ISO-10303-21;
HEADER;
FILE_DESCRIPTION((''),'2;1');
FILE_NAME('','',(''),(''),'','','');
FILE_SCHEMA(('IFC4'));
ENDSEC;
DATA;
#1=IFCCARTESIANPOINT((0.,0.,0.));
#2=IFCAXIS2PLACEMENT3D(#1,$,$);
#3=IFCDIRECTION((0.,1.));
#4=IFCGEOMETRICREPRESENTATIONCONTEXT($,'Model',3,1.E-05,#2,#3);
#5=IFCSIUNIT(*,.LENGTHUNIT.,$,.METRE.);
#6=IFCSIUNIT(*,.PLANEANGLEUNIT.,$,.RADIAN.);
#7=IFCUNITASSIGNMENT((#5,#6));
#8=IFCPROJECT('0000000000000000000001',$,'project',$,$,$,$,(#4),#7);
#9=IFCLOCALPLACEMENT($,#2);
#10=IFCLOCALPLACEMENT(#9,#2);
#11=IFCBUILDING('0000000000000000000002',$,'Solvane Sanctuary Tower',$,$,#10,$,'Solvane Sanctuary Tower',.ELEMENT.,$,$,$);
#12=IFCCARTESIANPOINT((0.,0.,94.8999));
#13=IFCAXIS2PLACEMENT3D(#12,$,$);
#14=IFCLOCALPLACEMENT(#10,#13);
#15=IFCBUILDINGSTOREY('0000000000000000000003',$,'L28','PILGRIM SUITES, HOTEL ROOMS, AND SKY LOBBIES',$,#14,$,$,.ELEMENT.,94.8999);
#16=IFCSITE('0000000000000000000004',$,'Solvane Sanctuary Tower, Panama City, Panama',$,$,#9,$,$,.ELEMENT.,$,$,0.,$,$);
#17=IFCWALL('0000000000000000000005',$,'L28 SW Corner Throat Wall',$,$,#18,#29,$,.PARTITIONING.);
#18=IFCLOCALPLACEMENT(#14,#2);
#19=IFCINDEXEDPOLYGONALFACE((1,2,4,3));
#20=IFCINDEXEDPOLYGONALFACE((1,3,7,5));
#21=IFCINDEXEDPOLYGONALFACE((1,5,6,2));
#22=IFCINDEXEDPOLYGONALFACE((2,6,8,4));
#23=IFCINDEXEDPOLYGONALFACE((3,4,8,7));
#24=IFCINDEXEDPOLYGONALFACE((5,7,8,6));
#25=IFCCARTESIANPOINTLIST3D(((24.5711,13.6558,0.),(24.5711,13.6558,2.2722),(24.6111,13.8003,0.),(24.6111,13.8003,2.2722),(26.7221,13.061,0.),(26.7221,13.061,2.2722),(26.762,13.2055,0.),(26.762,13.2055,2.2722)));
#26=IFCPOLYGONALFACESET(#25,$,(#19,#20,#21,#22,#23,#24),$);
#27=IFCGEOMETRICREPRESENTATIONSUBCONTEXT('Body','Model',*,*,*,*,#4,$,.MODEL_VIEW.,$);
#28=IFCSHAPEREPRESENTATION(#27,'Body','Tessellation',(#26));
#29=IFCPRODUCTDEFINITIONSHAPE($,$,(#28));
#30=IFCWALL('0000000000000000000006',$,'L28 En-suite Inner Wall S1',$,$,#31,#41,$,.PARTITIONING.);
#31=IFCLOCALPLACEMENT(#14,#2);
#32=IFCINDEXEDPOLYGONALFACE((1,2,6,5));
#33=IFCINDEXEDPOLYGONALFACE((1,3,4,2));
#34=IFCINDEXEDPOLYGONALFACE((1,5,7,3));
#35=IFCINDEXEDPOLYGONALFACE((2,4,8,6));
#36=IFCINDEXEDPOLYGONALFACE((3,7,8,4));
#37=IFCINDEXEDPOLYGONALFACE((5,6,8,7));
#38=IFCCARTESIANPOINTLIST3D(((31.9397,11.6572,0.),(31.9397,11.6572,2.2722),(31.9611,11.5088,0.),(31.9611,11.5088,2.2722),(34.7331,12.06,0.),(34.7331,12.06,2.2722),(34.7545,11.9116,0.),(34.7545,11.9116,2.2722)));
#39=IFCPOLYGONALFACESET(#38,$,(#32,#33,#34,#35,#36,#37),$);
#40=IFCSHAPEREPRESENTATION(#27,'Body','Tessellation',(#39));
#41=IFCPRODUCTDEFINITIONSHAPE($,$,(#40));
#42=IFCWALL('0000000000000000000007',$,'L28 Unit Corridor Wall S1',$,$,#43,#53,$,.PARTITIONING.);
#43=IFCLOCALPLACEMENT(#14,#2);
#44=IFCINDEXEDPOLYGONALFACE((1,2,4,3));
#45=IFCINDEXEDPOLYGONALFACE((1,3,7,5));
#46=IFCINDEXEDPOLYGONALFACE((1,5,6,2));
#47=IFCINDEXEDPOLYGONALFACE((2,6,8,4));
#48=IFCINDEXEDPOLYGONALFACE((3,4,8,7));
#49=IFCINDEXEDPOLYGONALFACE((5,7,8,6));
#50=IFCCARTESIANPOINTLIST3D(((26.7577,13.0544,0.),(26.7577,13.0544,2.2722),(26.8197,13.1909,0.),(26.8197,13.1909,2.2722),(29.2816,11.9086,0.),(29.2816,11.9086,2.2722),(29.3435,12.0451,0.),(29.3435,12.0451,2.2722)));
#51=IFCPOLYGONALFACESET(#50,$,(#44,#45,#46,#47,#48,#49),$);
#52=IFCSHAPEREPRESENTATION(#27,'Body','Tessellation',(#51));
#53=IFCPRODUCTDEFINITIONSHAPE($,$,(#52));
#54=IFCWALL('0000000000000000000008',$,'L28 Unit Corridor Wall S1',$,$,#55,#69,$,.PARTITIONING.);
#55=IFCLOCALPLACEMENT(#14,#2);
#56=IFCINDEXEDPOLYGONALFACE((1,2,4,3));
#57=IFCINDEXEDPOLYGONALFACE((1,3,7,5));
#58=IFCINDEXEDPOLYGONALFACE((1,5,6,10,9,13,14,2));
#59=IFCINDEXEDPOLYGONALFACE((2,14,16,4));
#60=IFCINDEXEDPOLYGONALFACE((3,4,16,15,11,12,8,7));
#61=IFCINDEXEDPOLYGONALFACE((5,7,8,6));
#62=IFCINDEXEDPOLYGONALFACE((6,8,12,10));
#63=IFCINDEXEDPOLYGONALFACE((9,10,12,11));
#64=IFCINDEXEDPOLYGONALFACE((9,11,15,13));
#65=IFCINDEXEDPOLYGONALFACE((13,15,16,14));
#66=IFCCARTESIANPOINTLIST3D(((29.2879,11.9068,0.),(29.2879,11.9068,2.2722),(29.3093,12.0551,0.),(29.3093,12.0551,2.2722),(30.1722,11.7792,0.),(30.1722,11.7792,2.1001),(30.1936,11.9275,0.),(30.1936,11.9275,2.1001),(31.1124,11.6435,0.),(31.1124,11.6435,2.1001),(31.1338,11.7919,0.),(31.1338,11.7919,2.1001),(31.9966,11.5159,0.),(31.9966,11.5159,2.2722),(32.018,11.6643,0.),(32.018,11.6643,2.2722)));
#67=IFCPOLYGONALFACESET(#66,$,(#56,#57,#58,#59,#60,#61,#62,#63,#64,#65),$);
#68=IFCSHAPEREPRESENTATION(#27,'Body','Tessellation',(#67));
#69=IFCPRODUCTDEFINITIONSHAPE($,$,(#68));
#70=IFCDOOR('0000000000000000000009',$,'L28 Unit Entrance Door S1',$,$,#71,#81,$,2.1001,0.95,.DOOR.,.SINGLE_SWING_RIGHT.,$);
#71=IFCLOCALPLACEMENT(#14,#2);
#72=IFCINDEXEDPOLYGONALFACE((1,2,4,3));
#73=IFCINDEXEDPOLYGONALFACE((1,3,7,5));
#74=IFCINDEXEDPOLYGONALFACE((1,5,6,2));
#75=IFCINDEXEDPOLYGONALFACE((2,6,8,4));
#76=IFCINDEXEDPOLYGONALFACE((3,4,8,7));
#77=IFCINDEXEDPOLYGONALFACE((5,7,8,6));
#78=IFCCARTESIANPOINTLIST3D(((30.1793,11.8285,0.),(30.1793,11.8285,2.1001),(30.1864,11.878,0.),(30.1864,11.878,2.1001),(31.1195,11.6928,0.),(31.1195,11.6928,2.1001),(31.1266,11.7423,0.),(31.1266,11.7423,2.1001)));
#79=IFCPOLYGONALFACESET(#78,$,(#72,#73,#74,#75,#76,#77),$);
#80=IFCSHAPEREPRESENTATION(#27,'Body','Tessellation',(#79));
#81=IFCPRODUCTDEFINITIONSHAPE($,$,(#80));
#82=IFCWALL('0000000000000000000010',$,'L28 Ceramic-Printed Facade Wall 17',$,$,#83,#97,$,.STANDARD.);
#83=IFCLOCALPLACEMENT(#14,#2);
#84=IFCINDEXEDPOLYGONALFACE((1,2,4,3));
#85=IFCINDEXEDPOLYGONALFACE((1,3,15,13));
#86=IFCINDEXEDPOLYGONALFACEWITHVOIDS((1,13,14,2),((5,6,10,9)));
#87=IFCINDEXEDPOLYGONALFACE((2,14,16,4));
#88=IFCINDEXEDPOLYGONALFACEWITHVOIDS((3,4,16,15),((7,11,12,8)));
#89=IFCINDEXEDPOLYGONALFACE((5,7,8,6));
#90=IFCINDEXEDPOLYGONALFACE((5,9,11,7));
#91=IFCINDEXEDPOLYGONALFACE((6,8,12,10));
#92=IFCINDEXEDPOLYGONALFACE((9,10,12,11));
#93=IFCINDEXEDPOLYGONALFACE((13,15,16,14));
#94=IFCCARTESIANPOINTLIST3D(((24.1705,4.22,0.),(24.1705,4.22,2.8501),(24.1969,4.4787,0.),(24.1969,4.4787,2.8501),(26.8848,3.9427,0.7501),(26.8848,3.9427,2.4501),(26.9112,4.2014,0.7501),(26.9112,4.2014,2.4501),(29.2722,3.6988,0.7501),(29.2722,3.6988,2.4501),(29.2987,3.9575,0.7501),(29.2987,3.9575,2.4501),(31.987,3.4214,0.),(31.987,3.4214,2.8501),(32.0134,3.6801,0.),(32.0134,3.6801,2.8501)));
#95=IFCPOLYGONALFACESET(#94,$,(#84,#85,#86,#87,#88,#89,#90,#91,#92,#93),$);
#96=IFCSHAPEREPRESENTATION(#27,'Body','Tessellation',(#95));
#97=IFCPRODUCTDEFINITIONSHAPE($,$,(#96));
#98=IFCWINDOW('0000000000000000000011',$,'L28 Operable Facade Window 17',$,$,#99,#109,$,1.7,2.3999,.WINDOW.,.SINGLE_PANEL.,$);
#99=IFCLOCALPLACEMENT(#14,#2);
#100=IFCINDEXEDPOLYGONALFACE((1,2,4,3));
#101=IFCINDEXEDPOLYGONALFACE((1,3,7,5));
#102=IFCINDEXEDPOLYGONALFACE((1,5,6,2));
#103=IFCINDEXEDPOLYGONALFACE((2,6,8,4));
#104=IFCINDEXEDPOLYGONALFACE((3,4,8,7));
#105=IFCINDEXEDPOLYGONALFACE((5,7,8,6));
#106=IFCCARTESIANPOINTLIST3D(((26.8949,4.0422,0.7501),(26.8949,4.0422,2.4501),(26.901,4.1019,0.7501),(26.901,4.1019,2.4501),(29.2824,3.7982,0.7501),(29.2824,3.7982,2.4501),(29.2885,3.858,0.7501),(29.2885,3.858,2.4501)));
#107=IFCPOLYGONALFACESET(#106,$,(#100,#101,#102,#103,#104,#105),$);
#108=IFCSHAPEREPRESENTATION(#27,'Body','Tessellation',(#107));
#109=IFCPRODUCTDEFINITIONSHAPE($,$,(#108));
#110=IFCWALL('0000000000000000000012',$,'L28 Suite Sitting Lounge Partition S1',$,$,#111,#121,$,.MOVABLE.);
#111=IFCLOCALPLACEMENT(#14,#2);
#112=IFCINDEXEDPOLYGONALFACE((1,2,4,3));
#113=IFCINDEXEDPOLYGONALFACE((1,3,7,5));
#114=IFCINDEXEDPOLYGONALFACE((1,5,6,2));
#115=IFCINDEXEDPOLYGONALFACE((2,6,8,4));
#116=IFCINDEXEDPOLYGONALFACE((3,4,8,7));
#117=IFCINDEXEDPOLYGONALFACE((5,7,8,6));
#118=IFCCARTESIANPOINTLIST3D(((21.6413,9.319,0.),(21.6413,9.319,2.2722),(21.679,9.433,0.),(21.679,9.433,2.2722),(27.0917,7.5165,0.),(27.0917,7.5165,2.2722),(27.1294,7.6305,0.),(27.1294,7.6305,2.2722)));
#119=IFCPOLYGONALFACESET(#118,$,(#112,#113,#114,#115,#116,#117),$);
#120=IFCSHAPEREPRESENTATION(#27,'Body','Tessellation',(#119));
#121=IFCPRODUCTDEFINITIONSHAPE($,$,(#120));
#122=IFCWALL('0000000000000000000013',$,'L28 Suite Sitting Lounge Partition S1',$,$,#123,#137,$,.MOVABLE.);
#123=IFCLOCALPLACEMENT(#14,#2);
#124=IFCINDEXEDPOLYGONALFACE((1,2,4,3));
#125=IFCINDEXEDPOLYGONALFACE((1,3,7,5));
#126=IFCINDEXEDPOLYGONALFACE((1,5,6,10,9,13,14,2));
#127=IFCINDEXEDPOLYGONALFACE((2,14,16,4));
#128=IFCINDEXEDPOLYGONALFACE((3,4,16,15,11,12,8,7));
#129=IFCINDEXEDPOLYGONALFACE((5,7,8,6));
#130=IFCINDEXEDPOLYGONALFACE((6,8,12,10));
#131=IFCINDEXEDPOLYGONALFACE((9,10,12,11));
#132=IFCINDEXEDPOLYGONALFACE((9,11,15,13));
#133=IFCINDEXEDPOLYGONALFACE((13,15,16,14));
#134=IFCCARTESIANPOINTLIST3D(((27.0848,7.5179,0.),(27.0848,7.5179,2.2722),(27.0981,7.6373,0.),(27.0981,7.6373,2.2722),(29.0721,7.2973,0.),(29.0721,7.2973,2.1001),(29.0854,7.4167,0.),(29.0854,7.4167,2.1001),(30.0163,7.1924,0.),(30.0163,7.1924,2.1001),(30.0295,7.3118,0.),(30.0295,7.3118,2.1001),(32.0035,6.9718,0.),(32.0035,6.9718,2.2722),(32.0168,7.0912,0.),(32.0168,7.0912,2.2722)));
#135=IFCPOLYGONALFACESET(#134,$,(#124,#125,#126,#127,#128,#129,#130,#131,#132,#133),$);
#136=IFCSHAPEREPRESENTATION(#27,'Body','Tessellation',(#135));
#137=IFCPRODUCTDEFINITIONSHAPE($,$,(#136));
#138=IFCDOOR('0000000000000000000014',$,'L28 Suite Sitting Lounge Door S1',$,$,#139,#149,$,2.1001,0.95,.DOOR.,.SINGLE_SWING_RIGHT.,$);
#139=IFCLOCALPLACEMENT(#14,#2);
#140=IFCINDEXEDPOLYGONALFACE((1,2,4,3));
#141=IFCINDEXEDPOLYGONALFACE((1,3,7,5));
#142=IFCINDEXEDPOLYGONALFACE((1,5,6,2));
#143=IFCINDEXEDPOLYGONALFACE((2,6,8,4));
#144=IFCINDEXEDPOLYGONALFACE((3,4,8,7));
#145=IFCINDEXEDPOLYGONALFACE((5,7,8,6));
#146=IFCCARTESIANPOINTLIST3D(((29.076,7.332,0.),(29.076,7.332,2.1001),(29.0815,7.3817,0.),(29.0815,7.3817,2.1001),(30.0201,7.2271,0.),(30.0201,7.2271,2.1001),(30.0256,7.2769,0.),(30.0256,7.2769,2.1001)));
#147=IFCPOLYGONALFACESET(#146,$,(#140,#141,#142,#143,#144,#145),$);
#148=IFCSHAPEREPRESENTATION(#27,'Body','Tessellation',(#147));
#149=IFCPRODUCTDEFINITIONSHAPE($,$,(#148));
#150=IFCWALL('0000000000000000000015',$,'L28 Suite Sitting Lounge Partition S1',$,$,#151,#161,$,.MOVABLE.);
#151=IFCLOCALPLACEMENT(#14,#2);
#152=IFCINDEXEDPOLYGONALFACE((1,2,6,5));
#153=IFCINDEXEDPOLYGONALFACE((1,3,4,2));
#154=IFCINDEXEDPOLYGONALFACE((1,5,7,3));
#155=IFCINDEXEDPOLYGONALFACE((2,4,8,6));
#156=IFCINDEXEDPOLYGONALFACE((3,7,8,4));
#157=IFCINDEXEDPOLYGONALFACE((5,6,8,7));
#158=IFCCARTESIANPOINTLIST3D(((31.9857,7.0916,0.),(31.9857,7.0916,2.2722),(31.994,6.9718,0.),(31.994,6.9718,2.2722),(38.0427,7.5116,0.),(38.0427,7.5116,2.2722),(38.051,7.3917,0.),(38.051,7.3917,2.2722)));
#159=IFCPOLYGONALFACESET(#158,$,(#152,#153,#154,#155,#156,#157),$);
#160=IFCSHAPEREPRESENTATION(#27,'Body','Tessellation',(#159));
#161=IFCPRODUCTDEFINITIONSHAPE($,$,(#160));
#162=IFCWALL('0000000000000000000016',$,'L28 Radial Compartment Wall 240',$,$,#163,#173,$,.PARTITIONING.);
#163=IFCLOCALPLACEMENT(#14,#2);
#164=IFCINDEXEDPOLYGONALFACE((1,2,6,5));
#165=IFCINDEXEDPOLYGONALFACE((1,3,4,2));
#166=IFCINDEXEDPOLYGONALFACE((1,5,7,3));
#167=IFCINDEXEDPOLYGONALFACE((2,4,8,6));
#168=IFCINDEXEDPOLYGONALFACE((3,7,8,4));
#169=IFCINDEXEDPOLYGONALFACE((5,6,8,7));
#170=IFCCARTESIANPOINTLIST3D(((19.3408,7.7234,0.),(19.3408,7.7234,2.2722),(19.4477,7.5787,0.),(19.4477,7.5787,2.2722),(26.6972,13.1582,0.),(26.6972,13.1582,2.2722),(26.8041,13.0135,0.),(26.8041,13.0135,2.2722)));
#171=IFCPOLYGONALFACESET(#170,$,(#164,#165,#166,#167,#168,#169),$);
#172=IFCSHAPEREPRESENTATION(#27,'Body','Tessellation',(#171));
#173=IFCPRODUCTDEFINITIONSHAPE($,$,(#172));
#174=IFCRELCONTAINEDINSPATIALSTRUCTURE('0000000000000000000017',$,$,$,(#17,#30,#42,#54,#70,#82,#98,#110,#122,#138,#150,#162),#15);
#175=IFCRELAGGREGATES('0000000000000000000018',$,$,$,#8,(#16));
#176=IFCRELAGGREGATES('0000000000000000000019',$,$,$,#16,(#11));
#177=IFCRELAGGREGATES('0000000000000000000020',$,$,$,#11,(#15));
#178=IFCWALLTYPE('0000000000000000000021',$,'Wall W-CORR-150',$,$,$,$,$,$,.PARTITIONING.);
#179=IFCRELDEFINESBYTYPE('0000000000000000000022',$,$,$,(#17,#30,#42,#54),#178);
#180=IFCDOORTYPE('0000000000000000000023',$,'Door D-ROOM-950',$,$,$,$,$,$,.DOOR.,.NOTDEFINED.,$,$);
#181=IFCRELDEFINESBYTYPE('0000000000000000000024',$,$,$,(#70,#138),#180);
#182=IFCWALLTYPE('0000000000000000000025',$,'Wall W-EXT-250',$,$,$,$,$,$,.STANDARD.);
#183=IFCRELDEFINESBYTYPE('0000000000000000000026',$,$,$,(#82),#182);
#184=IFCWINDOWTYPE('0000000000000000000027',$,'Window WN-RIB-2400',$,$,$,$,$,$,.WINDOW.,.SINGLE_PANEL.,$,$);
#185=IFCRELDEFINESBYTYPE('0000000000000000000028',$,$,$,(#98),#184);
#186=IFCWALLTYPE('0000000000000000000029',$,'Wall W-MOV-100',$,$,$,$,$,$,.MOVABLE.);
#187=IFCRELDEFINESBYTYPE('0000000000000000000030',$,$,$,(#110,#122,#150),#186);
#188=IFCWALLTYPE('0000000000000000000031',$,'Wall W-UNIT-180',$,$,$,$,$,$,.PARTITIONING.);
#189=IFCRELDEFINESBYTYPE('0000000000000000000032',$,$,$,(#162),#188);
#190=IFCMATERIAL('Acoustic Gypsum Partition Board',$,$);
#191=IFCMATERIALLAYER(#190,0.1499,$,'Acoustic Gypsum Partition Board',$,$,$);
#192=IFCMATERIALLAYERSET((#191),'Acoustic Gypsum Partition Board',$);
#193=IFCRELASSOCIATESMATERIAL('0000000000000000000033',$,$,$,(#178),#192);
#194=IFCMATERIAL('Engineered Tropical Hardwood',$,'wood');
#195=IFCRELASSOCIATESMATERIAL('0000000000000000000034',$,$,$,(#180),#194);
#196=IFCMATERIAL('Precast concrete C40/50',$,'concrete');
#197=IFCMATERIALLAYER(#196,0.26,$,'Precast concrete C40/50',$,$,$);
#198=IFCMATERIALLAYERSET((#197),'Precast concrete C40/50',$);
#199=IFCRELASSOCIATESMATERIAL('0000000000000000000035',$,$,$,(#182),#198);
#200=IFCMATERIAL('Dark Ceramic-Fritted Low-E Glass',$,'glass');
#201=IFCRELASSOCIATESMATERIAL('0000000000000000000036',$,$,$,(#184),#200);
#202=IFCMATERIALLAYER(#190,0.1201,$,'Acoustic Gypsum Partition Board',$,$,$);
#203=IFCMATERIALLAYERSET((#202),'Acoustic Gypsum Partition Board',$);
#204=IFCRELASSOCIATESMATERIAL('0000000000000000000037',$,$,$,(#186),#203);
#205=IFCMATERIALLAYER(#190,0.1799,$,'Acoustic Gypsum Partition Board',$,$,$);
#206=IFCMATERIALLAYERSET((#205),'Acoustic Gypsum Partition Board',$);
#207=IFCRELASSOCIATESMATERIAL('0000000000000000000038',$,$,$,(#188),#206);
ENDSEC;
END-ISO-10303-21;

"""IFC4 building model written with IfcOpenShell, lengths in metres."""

from ifc_helpers import new_model, si_unit, direction, frame, frame_2d, origin, place, context, subcontext, project, spatial, rectangle, extrude, material, layer, layer_set, type_object, element, fill, save


model = new_model("IFC4")

# Units and contexts
model_context = context("Model", 3, precision=1e-05, world=origin(), true_north=direction((0.0, 1.0)))
body_context = subcontext(model_context, "Body", "Model", "MODEL_VIEW")
ifc_project = project(units=[si_unit("LENGTHUNIT", "METRE"), si_unit("PLANEANGLEUNIT", "RADIAN")], contexts=[model_context])

# Site, building, storey
site_placement = place(None, origin())
site = spatial("IfcSite", under=ifc_project, at=site_placement, Name="Solvane Sanctuary Tower, Panama City, Panama", CompositionType="ELEMENT", RefElevation=0.0)
building_placement = place(site_placement, origin())
building = spatial("IfcBuilding", under=site, at=building_placement, Name="Solvane Sanctuary Tower", LongName="Solvane Sanctuary Tower", CompositionType="ELEMENT")
storey_placement = place(building_placement, frame((0.0, 0.0, 94.8999)))
storey = spatial("IfcBuildingStorey", under=building, at=storey_placement, Name="L28", Description="PILGRIM SUITES, HOTEL ROOMS, AND SKY LOBBIES", CompositionType="ELEMENT", Elevation=94.8999)

# Shared definitions
ifc_material_1 = material(Name="Dark Ceramic-Fritted Low-E Glass", Category="glass")

# Walls
ifc_material_2 = material(Name="Acoustic Gypsum Partition Board")
ifc_layer_1 = layer(ifc_material_2, 0.1499, Name="Acoustic Gypsum Partition Board")
ifc_layer_set_1 = layer_set([ifc_layer_1], Name="Acoustic Gypsum Partition Board")
wall_type_1 = type_object("IfcWallType", Name="Wall W-CORR-150", PredefinedType="PARTITIONING", material=ifc_layer_set_1)
wall_1_placement = place(storey_placement, frame((26.7419, 13.1333, 0.0), z_axis=(0.0, 0.0, 1.0), x_axis=(-0.963834, 0.266504, 0.0)))
element("IfcWall", 1, at=wall_1_placement, inside=storey, type_object=wall_type_1, Name="L28 SW Corner Throat Wall", PredefinedType="PARTITIONING", context=body_context, shape_type="SweptSolid", body=[
    extrude(rectangle(XDim=2.2317, YDim=0.1499, at=frame_2d((1.1157, 0.0))), origin(), (0.0, 0.0, 1.0), 2.2722),
])
wall_2_placement = place(storey_placement, frame((31.9504, 11.583, 0.0), z_axis=(0.0, 0.0, 1.0), x_axis=(0.989762, 0.142729, 0.0)))
element("IfcWall", 2, at=wall_2_placement, inside=storey, type_object=wall_type_1, Name="L28 En-suite Inner Wall S1", PredefinedType="PARTITIONING", context=body_context, shape_type="SweptSolid", body=[
    extrude(rectangle(XDim=2.8223, YDim=0.1499, at=frame_2d((1.4111, 0.0))), origin(), (0.0, 0.0, 1.0), 2.2722),
])
wall_3_placement = place(storey_placement, frame((26.7888, 13.1226, 0.0), z_axis=(0.0, 0.0, 1.0), x_axis=(0.910568, -0.413358, 0.0)))
element("IfcWall", 3, at=wall_3_placement, inside=storey, type_object=wall_type_1, Name="L28 Unit Corridor Wall S1", PredefinedType="PARTITIONING", context=body_context, shape_type="SweptSolid", body=[
    extrude(rectangle(XDim=2.7717, YDim=0.1499, at=frame_2d((1.3857, 0.0))), origin(), (0.0, 0.0, 1.0), 2.2722),
])

# Wall, opening, door
wall_4_placement = place(storey_placement, frame((29.2986, 11.981, 0.0), z_axis=(0.0, 0.0, 1.0), x_axis=(0.989749, -0.14282, 0.0)))
wall_4 = element("IfcWall", 4, at=wall_4_placement, inside=storey, type_object=wall_type_1, Name="L28 Unit Corridor Wall S1", PredefinedType="PARTITIONING", context=body_context, shape_type="SweptSolid", body=[
    extrude(rectangle(XDim=2.7368, YDim=0.1499, at=frame_2d((1.3684, 0.0))), origin(), (0.0, 0.0, 1.0), 2.2722),
])
opening_1_placement = place(wall_4_placement, frame((0.8933, 0.0, 0.0)))
opening_1 = element("IfcOpeningElement", 5, at=opening_1_placement, cuts=wall_4, PredefinedType="OPENING", context=body_context, shape_type="SweptSolid", body=[
    extrude(rectangle(XDim=0.95, YDim=2.1001, at=frame_2d((0.4751, 1.05))), frame((0.0, 0.085, 0.0), z_axis=(0.0, -1.0, 0.0), x_axis=(1.0, 0.0, 0.0)), (0.0, 0.0, 1.0), 0.1699),
])
ifc_material_3 = material(Name="Engineered Tropical Hardwood", Category="wood")
door_type_1 = type_object("IfcDoorType", Name="Door D-ROOM-950", OperationType="NOTDEFINED", PredefinedType="DOOR", material=ifc_material_3)
door_1_placement = place(opening_1_placement, origin())
door_1 = element("IfcDoor", 6, at=door_1_placement, inside=storey, type_object=door_type_1, Name="L28 Unit Entrance Door S1", OperationType="SINGLE_SWING_RIGHT", OverallHeight=2.1001, OverallWidth=0.95, PredefinedType="DOOR", context=body_context, shape_type="SweptSolid", body=[
    extrude(rectangle(XDim=0.95, YDim=2.1001, at=frame_2d((0.4751, 1.05))), frame((0.0, 0.0249, 0.0), z_axis=(0.0, -1.0, 0.0), x_axis=(1.0, 0.0, 0.0)), (0.0, 0.0, 1.0), 0.05),
])
fill(opening_1, door_1)

# Wall, opening, window
ifc_material_4 = material(Name="Precast concrete C40/50", Category="concrete")
ifc_layer_2 = layer(ifc_material_4, 0.26, Name="Precast concrete C40/50")
ifc_layer_set_2 = layer_set([ifc_layer_2], Name="Precast concrete C40/50")
wall_type_2 = type_object("IfcWallType", Name="Wall W-EXT-250", PredefinedType="STANDARD", material=ifc_layer_set_2)
wall_5_placement = place(storey_placement, frame((24.1836, 4.3494, 0.0), z_axis=(0.0, 0.0, 1.0), x_axis=(0.994821, -0.101639, 0.0)))
wall_5 = element("IfcWall", 7, at=wall_5_placement, inside=storey, type_object=wall_type_2, Name="L28 Ceramic-Printed Facade Wall 17", PredefinedType="STANDARD", context=body_context, shape_type="SweptSolid", body=[
    extrude(rectangle(XDim=7.8572, YDim=0.26, at=frame_2d((3.9287, 0.0))), origin(), (0.0, 0.0, 1.0), 2.8501),
])
opening_2_placement = place(wall_5_placement, frame((2.7285, 0.0, 0.75)))
opening_2 = element("IfcOpeningElement", 8, at=opening_2_placement, cuts=wall_5, PredefinedType="OPENING", context=body_context, shape_type="SweptSolid", body=[
    extrude(rectangle(XDim=2.3999, YDim=1.7, at=frame_2d((1.2, 0.8501))), frame((0.0, 0.1399, 0.0), z_axis=(0.0, -1.0, 0.0), x_axis=(1.0, 0.0, 0.0)), (0.0, 0.0, 1.0), 0.28),
])
window_type = type_object("IfcWindowType", Name="Window WN-RIB-2400", PartitioningType="SINGLE_PANEL", PredefinedType="WINDOW", material=ifc_material_1)
window_placement = place(opening_2_placement, origin())
window = element("IfcWindow", 9, at=window_placement, inside=storey, type_object=window_type, Name="L28 Operable Facade Window 17", OverallHeight=1.7, OverallWidth=2.3999, PartitioningType="SINGLE_PANEL", PredefinedType="WINDOW", context=body_context, shape_type="SweptSolid", body=[
    extrude(rectangle(XDim=2.3999, YDim=1.7, at=frame_2d((1.2, 0.8501))), frame((0.0, 0.03, 0.0), z_axis=(0.0, -1.0, 0.0), x_axis=(1.0, 0.0, 0.0)), (0.0, 0.0, 1.0), 0.0601),
])
fill(opening_2, window)

# Wall
ifc_layer_3 = layer(ifc_material_2, 0.1201, Name="Acoustic Gypsum Partition Board")
ifc_layer_set_3 = layer_set([ifc_layer_3], Name="Acoustic Gypsum Partition Board")
wall_type_3 = type_object("IfcWallType", Name="Wall W-MOV-100", PredefinedType="MOVABLE", material=ifc_layer_set_3)
wall_6_placement = place(storey_placement, frame((21.6602, 9.376, 0.0), z_axis=(0.0, 0.0, 1.0), x_axis=(0.949429, -0.313981, 0.0)))
element("IfcWall", 10, at=wall_6_placement, inside=storey, type_object=wall_type_3, Name="L28 Suite Sitting Lounge Partition S1", PredefinedType="MOVABLE", context=body_context, shape_type="SweptSolid", body=[
    extrude(rectangle(XDim=5.7407, YDim=0.1201, at=frame_2d((2.8704, 0.0))), origin(), (0.0, 0.0, 1.0), 2.2722),
])

# Wall, opening, door
wall_7_placement = place(storey_placement, frame((27.0913, 7.5776, 0.0), z_axis=(0.0, 0.0, 1.0), x_axis=(0.993892, -0.110356, 0.0)))
wall_7 = element("IfcWall", 11, at=wall_7_placement, inside=storey, type_object=wall_type_3, Name="L28 Suite Sitting Lounge Partition S1", PredefinedType="MOVABLE", context=body_context, shape_type="SweptSolid", body=[
    extrude(rectangle(XDim=4.949, YDim=0.1201, at=frame_2d((2.4746, 0.0))), origin(), (0.0, 0.0, 1.0), 2.2722),
])
opening_3_placement = place(wall_7_placement, frame((1.9995, 0.0, 0.0)))
opening_3 = element("IfcOpeningElement", 12, at=opening_3_placement, cuts=wall_7, PredefinedType="OPENING", context=body_context, shape_type="SweptSolid", body=[
    extrude(rectangle(XDim=0.95, YDim=2.1001, at=frame_2d((0.4751, 1.05))), frame((0.0, 0.0701, 0.0), z_axis=(0.0, -1.0, 0.0), x_axis=(1.0, 0.0, 0.0)), (0.0, 0.0, 1.0), 0.1401),
])
door_2_placement = place(opening_3_placement, origin())
door_2 = element("IfcDoor", 13, at=door_2_placement, inside=storey, type_object=door_type_1, Name="L28 Suite Sitting Lounge Door S1", OperationType="SINGLE_SWING_RIGHT", OverallHeight=2.1001, OverallWidth=0.95, PredefinedType="DOOR", context=body_context, shape_type="SweptSolid", body=[
    extrude(rectangle(XDim=0.95, YDim=2.1001, at=frame_2d((0.4751, 1.05))), frame((0.0, 0.0249, 0.0), z_axis=(0.0, -1.0, 0.0), x_axis=(1.0, 0.0, 0.0)), (0.0, 0.0, 1.0), 0.05),
])
fill(opening_3, door_2)

# Walls
wall_8_placement = place(storey_placement, frame((31.99, 7.0317, 0.0), z_axis=(0.0, 0.0, 1.0), x_axis=(0.997605, 0.069164, 0.0)))
element("IfcWall", 14, at=wall_8_placement, inside=storey, type_object=wall_type_3, Name="L28 Suite Sitting Lounge Partition S1", PredefinedType="MOVABLE", context=body_context, shape_type="SweptSolid", body=[
    extrude(rectangle(XDim=6.0715, YDim=0.1201, at=frame_2d((3.0356, 0.0))), origin(), (0.0, 0.0, 1.0), 2.2722),
])
ifc_layer_4 = layer(ifc_material_2, 0.1799, Name="Acoustic Gypsum Partition Board")
ifc_layer_set_4 = layer_set([ifc_layer_4], Name="Acoustic Gypsum Partition Board")
wall_type_4 = type_object("IfcWallType", Name="Wall W-UNIT-180", PredefinedType="PARTITIONING", material=ifc_layer_set_4)
wall_9_placement = place(storey_placement, frame((26.7507, 13.0859, 0.0), z_axis=(0.0, 0.0, 1.0), x_axis=(-0.80431, -0.59421, 0.0)))
element("IfcWall", 15, at=wall_9_placement, inside=storey, type_object=wall_type_4, Name="L28 Radial Compartment Wall 240", PredefinedType="PARTITIONING", context=body_context, shape_type="SweptSolid", body=[
    extrude(rectangle(XDim=9.1462, YDim=0.1799, at=frame_2d((4.5732, 0.0))), origin(), (0.0, 0.0, 1.0), 2.2722),
])

save(model, "model.ifc")
